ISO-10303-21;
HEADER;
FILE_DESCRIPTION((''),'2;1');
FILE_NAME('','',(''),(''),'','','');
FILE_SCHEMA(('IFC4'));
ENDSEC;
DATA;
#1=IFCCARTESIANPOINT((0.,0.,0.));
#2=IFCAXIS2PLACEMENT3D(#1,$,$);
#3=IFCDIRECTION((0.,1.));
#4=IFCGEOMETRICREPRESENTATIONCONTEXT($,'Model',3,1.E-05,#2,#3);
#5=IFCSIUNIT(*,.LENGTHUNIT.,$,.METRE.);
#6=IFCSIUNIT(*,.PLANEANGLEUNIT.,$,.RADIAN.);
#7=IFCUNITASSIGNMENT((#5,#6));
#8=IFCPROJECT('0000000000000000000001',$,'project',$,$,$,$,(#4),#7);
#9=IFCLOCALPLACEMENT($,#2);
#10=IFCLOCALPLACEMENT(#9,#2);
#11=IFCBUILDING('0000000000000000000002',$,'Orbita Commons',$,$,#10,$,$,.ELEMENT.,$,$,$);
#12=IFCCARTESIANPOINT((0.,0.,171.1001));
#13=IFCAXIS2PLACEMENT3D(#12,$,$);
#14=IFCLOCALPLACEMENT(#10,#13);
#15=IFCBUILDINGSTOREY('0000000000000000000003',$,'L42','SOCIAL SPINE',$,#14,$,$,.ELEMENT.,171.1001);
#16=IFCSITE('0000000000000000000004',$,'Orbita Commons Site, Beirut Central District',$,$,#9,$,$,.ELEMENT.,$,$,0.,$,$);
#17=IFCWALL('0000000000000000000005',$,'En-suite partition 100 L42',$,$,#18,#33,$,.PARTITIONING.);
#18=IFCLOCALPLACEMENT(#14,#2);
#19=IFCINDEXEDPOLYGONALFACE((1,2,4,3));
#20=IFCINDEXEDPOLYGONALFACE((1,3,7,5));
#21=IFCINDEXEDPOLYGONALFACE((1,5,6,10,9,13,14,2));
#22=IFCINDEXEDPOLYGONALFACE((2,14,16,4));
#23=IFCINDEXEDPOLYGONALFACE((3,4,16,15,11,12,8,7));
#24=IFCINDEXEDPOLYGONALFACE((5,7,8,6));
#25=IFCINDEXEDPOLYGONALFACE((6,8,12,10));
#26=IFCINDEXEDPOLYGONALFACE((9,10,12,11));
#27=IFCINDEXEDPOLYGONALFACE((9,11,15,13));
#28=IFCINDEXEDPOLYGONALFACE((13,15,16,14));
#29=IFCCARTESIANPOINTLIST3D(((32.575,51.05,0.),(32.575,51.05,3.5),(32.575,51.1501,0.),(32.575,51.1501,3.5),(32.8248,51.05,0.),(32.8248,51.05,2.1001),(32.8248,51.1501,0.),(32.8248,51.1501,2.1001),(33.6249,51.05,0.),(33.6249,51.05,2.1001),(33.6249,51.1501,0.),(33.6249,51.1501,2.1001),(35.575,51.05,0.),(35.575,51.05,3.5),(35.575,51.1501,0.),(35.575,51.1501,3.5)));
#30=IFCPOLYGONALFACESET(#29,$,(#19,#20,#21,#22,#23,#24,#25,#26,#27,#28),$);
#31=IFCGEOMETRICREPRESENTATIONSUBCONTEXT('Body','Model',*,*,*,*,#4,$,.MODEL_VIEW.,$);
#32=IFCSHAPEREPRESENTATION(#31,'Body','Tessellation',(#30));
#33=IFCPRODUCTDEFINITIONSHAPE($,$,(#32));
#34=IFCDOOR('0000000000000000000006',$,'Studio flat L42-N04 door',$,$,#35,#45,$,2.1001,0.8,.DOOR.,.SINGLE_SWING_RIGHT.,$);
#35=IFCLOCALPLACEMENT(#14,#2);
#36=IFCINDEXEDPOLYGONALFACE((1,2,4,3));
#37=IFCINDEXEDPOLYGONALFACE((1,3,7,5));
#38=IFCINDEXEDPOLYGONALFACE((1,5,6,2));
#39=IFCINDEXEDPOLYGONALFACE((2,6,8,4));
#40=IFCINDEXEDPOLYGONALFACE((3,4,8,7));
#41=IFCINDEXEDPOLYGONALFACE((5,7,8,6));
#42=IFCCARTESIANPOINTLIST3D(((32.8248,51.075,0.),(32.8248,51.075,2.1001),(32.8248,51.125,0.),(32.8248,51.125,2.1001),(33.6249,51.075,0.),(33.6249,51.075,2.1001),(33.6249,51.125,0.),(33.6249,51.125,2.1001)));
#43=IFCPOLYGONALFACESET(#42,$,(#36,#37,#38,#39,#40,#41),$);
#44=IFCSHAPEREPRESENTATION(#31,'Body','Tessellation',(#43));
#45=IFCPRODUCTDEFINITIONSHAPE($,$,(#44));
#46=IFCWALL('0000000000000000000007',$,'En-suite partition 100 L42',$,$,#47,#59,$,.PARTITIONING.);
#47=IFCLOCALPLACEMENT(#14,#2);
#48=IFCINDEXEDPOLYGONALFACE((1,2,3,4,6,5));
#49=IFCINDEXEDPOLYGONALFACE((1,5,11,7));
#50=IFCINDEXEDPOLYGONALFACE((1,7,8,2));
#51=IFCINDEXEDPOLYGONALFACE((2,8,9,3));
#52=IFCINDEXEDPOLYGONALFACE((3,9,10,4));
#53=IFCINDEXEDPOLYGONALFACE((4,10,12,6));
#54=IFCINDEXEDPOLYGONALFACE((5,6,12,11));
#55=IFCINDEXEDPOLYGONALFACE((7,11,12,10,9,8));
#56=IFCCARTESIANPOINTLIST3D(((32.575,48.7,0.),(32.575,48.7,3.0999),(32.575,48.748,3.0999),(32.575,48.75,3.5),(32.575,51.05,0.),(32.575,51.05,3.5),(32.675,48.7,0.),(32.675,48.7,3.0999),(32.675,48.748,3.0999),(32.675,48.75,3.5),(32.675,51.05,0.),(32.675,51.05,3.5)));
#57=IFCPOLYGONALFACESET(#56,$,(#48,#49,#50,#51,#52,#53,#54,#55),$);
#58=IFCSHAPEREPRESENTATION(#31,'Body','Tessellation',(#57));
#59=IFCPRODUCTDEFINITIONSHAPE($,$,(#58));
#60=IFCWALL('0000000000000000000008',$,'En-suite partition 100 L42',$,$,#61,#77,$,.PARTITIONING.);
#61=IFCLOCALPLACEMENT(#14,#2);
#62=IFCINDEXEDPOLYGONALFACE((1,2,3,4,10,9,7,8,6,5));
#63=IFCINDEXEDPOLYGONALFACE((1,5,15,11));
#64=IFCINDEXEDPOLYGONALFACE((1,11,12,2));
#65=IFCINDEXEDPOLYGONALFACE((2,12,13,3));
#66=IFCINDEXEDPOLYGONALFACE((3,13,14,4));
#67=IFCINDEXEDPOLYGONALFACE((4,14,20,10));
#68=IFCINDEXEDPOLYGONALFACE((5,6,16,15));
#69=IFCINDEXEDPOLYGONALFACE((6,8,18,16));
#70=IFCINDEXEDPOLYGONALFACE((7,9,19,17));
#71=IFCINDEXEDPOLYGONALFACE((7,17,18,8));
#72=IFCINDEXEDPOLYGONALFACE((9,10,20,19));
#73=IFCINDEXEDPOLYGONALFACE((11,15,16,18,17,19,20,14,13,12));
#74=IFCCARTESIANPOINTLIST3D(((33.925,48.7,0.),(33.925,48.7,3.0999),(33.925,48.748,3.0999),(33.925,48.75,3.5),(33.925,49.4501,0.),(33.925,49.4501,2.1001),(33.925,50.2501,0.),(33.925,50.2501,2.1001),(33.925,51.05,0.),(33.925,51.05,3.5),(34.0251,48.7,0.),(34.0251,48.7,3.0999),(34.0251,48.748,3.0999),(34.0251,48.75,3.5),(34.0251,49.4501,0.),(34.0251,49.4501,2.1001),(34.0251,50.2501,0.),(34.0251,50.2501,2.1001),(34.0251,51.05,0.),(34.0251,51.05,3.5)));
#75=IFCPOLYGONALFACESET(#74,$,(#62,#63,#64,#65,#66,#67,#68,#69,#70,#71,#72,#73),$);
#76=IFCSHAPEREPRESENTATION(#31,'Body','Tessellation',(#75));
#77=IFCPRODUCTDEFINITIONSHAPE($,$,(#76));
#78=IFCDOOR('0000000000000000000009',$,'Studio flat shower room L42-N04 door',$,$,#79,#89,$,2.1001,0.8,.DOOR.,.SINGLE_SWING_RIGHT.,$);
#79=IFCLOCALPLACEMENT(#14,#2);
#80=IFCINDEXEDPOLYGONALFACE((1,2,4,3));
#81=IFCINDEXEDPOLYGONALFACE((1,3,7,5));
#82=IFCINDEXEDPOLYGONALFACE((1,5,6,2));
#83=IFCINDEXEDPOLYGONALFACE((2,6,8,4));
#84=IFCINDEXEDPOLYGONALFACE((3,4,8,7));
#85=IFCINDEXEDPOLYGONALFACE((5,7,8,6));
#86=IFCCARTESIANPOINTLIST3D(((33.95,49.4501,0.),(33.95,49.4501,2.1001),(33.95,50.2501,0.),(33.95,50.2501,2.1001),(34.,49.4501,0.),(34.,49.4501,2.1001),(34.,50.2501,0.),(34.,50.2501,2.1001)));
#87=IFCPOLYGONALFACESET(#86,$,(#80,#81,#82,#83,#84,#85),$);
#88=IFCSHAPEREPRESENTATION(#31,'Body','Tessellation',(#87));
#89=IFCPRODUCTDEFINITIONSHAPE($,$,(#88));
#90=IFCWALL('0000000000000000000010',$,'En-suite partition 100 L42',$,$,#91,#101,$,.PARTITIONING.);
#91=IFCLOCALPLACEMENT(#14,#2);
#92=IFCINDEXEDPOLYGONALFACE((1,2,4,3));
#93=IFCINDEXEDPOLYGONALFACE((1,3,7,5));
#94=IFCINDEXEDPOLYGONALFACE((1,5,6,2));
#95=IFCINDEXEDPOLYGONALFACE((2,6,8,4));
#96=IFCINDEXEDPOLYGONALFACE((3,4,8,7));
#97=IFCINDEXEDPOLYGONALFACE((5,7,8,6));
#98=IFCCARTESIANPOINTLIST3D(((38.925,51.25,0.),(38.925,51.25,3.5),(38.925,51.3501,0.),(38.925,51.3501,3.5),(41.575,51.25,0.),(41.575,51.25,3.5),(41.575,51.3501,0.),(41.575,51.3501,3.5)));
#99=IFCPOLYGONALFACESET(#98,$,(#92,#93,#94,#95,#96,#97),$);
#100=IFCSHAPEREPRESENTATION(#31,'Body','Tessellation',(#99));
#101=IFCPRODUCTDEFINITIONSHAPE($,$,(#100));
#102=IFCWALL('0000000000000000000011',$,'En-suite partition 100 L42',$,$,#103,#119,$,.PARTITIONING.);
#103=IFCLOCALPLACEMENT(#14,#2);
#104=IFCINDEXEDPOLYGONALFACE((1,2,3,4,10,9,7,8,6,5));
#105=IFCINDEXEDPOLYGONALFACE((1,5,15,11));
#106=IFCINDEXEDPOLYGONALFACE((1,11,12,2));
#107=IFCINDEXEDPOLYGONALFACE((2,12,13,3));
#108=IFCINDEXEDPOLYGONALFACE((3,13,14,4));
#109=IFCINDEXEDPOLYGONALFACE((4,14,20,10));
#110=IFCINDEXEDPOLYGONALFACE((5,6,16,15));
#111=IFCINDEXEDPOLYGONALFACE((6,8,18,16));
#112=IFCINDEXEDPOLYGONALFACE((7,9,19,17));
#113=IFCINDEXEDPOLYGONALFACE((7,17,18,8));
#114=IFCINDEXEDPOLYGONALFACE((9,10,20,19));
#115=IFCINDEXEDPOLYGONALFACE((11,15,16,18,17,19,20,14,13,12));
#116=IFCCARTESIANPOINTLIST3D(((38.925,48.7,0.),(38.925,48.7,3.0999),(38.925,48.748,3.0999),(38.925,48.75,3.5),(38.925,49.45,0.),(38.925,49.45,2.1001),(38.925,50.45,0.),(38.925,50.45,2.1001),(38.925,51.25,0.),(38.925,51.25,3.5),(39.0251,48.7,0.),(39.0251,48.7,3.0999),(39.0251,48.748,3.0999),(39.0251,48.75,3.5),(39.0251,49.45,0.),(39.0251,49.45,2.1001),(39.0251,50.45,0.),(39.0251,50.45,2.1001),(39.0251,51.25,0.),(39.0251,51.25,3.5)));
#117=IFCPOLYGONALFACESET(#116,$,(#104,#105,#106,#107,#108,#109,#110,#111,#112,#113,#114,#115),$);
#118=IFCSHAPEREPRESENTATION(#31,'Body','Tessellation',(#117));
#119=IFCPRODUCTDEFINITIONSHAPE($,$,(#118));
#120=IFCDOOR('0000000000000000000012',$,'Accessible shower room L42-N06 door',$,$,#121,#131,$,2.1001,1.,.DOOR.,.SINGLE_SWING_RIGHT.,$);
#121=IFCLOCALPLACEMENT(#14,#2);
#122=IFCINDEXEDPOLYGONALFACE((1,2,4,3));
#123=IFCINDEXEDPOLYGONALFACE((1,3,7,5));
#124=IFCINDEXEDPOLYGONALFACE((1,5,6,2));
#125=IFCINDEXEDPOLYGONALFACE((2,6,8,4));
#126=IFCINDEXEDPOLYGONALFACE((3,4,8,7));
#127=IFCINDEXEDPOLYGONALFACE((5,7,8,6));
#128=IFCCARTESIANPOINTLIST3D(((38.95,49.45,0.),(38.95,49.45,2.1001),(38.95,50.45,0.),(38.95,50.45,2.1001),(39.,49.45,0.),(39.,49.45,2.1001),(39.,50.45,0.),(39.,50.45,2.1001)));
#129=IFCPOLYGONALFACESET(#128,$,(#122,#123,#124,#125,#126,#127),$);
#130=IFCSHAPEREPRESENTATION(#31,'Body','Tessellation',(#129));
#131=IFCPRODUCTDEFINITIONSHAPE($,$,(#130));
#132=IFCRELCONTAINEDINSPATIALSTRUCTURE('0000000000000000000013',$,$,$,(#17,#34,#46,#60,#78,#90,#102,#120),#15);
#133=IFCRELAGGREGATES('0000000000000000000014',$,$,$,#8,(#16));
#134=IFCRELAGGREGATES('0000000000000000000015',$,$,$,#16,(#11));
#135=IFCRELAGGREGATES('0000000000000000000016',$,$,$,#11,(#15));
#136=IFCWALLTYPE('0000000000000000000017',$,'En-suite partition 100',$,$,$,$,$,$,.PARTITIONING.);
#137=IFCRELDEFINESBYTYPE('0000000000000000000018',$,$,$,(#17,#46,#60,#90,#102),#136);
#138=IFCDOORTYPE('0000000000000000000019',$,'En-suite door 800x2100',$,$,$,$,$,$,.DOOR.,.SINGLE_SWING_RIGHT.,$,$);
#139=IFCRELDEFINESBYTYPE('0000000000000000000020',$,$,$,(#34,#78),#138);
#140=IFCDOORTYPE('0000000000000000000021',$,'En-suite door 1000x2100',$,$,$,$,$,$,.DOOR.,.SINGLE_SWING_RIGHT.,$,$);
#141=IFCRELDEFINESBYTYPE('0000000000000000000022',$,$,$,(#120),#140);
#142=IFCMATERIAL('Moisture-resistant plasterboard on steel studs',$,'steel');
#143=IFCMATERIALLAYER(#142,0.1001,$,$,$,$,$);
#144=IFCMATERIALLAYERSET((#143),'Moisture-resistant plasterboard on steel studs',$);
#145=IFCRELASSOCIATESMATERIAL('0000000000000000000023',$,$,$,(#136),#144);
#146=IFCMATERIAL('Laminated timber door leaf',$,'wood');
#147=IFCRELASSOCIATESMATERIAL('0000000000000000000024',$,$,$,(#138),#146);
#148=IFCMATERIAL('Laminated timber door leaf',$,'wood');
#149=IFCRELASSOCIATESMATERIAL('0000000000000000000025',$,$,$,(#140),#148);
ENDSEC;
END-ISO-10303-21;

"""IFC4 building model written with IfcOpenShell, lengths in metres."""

from ifc_helpers import new_model, si_unit, direction, frame, frame_2d, origin, place, context, subcontext, project, spatial, polyline, rectangle, outline, extrude, material, layer, layer_set, type_object, element, fill, save


model = new_model("IFC4")

# Units and contexts
model_context = context("Model", 3, precision=1e-05, world=origin(), true_north=direction((0.0, 1.0)))
body_context = subcontext(model_context, "Body", "Model", "MODEL_VIEW")
ifc_project = project(units=[si_unit("LENGTHUNIT", "METRE"), si_unit("PLANEANGLEUNIT", "RADIAN")], contexts=[model_context])

# Site, building, storey
site_placement = place(None, origin())
site = spatial("IfcSite", under=ifc_project, at=site_placement, Name="Orbita Commons Site, Beirut Central District", CompositionType="ELEMENT", RefElevation=0.0)
building_placement = place(site_placement, origin())
building = spatial("IfcBuilding", under=site, at=building_placement, Name="Orbita Commons", CompositionType="ELEMENT")
storey_placement = place(building_placement, frame((0.0, 0.0, 171.1001)))
storey = spatial("IfcBuildingStorey", under=building, at=storey_placement, Name="L42", Description="SOCIAL SPINE", CompositionType="ELEMENT", Elevation=171.1001)

# Shared definitions
ifc_material_1 = material(Name="Moisture-resistant plasterboard on steel studs", Category="steel")
ifc_layer_1 = layer(ifc_material_1, 0.1001)
ifc_layer_set_1 = layer_set([ifc_layer_1], Name="Moisture-resistant plasterboard on steel studs")
wall_type_1 = type_object("IfcWallType", Name="En-suite partition 100", PredefinedType="PARTITIONING", material=ifc_layer_set_1)

# Wall, opening, door
wall_1_placement = place(storey_placement, frame((32.575, 51.1001, 0.0), z_axis=(0.0, 0.0, 1.0), x_axis=(1.0, 0.0, 0.0)))
wall_1 = element("IfcWall", 1, at=wall_1_placement, inside=storey, type_object=wall_type_1, Name="En-suite partition 100 L42", PredefinedType="PARTITIONING", context=body_context, shape_type="SweptSolid", body=[
    extrude(rectangle(XDim=3.0, YDim=0.1001, at=frame_2d((1.5, 0.0))), origin(), (0.0, 0.0, 1.0), 3.5),
])
opening_1_placement = place(wall_1_placement, frame((0.25, 0.0, 0.0)))
opening_1 = element("IfcOpeningElement", 2, at=opening_1_placement, cuts=wall_1, PredefinedType="OPENING", context=body_context, shape_type="SweptSolid", body=[
    extrude(rectangle(XDim=0.8, YDim=2.1001, at=frame_2d((0.3999, 1.05))), frame((0.0, 0.0601, 0.0), z_axis=(0.0, -1.0, 0.0), x_axis=(1.0, 0.0, 0.0)), (0.0, 0.0, 1.0), 0.1201),
])
ifc_material_2 = material(Name="Laminated timber door leaf", Category="wood")
door_type_1 = type_object("IfcDoorType", Name="En-suite door 800x2100", OperationType="SINGLE_SWING_RIGHT", PredefinedType="DOOR", material=ifc_material_2)
door_1_placement = place(opening_1_placement, origin())
door_1 = element("IfcDoor", 3, at=door_1_placement, inside=storey, type_object=door_type_1, Name="Studio flat L42-N04 door", OperationType="SINGLE_SWING_RIGHT", OverallHeight=2.1001, OverallWidth=0.8, PredefinedType="DOOR", context=body_context, shape_type="SweptSolid", body=[
    extrude(rectangle(XDim=0.8, YDim=2.1001, at=frame_2d((0.3999, 1.05))), frame((0.0, 0.0249, 0.0), z_axis=(0.0, -1.0, 0.0), x_axis=(1.0, 0.0, 0.0)), (0.0, 0.0, 1.0), 0.05),
])
fill(opening_1, door_1)

# Wall
wall_2_placement = place(storey_placement, frame((32.625, 51.05, 0.0), z_axis=(0.0, 0.0, 1.0), x_axis=(0.0, -1.0, 0.0)))
element("IfcWall", 4, at=wall_2_placement, inside=storey, type_object=wall_type_1, Name="En-suite partition 100 L42", PredefinedType="PARTITIONING", context=body_context, shape_type="SweptSolid", body=[
    extrude(outline(polyline([(0.0, 0.0), (2.3501, 0.0), (2.3501, 3.0999), (2.302, 3.0999), (2.3, 3.5), (0.0, 3.5), (0.0, 0.0)])), frame((0.0, 0.05, 0.0), z_axis=(0.0, -1.0, 0.0), x_axis=(1.0, 0.0, 0.0)), (0.0, 0.0, 1.0), 0.1001),
])

# Wall, opening, door
wall_3_placement = place(storey_placement, frame((33.9751, 51.05, 0.0), z_axis=(0.0, 0.0, 1.0), x_axis=(0.0, -1.0, 0.0)))
wall_3 = element("IfcWall", 5, at=wall_3_placement, inside=storey, type_object=wall_type_1, Name="En-suite partition 100 L42", PredefinedType="PARTITIONING", context=body_context, shape_type="SweptSolid", body=[
    extrude(outline(polyline([(0.0, 0.0), (2.3501, 0.0), (2.3501, 3.0999), (2.302, 3.0999), (2.3, 3.5), (0.0, 3.5), (0.0, 0.0)])), frame((0.0, 0.05, 0.0), z_axis=(0.0, -1.0, 0.0), x_axis=(1.0, 0.0, 0.0)), (0.0, 0.0, 1.0), 0.1001),
])
opening_2_placement = place(wall_3_placement, frame((0.8, 0.0, 0.0)))
opening_2 = element("IfcOpeningElement", 6, at=opening_2_placement, cuts=wall_3, PredefinedType="OPENING", context=body_context, shape_type="SweptSolid", body=[
    extrude(rectangle(XDim=0.8, YDim=2.1001, at=frame_2d((0.3999, 1.05))), frame((0.0, 0.0601, 0.0), z_axis=(0.0, -1.0, 0.0), x_axis=(1.0, 0.0, 0.0)), (0.0, 0.0, 1.0), 0.1201),
])
door_2_placement = place(opening_2_placement, origin())
door_2 = element("IfcDoor", 7, at=door_2_placement, inside=storey, type_object=door_type_1, Name="Studio flat shower room L42-N04 door", OperationType="SINGLE_SWING_RIGHT", OverallHeight=2.1001, OverallWidth=0.8, PredefinedType="DOOR", context=body_context, shape_type="SweptSolid", body=[
    extrude(rectangle(XDim=0.8, YDim=2.1001, at=frame_2d((0.3999, 1.05))), frame((0.0, 0.0249, 0.0), z_axis=(0.0, -1.0, 0.0), x_axis=(1.0, 0.0, 0.0)), (0.0, 0.0, 1.0), 0.05),
])
fill(opening_2, door_2)

# Wall
wall_4_placement = place(storey_placement, frame((38.925, 51.3, 0.0), z_axis=(0.0, 0.0, 1.0), x_axis=(1.0, 0.0, 0.0)))
element("IfcWall", 8, at=wall_4_placement, inside=storey, type_object=wall_type_1, Name="En-suite partition 100 L42", PredefinedType="PARTITIONING", context=body_context, shape_type="SweptSolid", body=[
    extrude(rectangle(XDim=2.6499, YDim=0.1001, at=frame_2d((1.325, 0.0))), origin(), (0.0, 0.0, 1.0), 3.5),
])

# Wall, opening, door
wall_5_placement = place(storey_placement, frame((38.9751, 51.25, 0.0), z_axis=(0.0, 0.0, 1.0), x_axis=(0.0, -1.0, 0.0)))
wall_5 = element("IfcWall", 9, at=wall_5_placement, inside=storey, type_object=wall_type_1, Name="En-suite partition 100 L42", PredefinedType="PARTITIONING", context=body_context, shape_type="SweptSolid", body=[
    extrude(outline(polyline([(0.0, 0.0), (2.55, 0.0), (2.55, 3.0999), (2.502, 3.0999), (2.5, 3.5), (0.0, 3.5), (0.0, 0.0)])), frame((0.0, 0.05, 0.0), z_axis=(0.0, -1.0, 0.0), x_axis=(1.0, 0.0, 0.0)), (0.0, 0.0, 1.0), 0.1001),
])
opening_3_placement = place(wall_5_placement, frame((0.8, 0.0, 0.0)))
opening_3 = element("IfcOpeningElement", 10, at=opening_3_placement, cuts=wall_5, PredefinedType="OPENING", context=body_context, shape_type="SweptSolid", body=[
    extrude(rectangle(XDim=1.0, YDim=2.1001, at=frame_2d((0.5, 1.05))), frame((0.0, 0.0601, 0.0), z_axis=(0.0, -1.0, 0.0), x_axis=(1.0, 0.0, 0.0)), (0.0, 0.0, 1.0), 0.1201),
])
ifc_material_3 = material(Name="Laminated timber door leaf", Category="wood")
door_type_2 = type_object("IfcDoorType", Name="En-suite door 1000x2100", OperationType="SINGLE_SWING_RIGHT", PredefinedType="DOOR", material=ifc_material_3)
door_3_placement = place(opening_3_placement, origin())
door_3 = element("IfcDoor", 11, at=door_3_placement, inside=storey, type_object=door_type_2, Name="Accessible shower room L42-N06 door", OperationType="SINGLE_SWING_RIGHT", OverallHeight=2.1001, OverallWidth=1.0, PredefinedType="DOOR", context=body_context, shape_type="SweptSolid", body=[
    extrude(rectangle(XDim=1.0, YDim=2.1001, at=frame_2d((0.5, 1.05))), frame((0.0, 0.0249, 0.0), z_axis=(0.0, -1.0, 0.0), x_axis=(1.0, 0.0, 0.0)), (0.0, 0.0, 1.0), 0.05),
])
fill(opening_3, door_3)

save(model, "model.ifc")
